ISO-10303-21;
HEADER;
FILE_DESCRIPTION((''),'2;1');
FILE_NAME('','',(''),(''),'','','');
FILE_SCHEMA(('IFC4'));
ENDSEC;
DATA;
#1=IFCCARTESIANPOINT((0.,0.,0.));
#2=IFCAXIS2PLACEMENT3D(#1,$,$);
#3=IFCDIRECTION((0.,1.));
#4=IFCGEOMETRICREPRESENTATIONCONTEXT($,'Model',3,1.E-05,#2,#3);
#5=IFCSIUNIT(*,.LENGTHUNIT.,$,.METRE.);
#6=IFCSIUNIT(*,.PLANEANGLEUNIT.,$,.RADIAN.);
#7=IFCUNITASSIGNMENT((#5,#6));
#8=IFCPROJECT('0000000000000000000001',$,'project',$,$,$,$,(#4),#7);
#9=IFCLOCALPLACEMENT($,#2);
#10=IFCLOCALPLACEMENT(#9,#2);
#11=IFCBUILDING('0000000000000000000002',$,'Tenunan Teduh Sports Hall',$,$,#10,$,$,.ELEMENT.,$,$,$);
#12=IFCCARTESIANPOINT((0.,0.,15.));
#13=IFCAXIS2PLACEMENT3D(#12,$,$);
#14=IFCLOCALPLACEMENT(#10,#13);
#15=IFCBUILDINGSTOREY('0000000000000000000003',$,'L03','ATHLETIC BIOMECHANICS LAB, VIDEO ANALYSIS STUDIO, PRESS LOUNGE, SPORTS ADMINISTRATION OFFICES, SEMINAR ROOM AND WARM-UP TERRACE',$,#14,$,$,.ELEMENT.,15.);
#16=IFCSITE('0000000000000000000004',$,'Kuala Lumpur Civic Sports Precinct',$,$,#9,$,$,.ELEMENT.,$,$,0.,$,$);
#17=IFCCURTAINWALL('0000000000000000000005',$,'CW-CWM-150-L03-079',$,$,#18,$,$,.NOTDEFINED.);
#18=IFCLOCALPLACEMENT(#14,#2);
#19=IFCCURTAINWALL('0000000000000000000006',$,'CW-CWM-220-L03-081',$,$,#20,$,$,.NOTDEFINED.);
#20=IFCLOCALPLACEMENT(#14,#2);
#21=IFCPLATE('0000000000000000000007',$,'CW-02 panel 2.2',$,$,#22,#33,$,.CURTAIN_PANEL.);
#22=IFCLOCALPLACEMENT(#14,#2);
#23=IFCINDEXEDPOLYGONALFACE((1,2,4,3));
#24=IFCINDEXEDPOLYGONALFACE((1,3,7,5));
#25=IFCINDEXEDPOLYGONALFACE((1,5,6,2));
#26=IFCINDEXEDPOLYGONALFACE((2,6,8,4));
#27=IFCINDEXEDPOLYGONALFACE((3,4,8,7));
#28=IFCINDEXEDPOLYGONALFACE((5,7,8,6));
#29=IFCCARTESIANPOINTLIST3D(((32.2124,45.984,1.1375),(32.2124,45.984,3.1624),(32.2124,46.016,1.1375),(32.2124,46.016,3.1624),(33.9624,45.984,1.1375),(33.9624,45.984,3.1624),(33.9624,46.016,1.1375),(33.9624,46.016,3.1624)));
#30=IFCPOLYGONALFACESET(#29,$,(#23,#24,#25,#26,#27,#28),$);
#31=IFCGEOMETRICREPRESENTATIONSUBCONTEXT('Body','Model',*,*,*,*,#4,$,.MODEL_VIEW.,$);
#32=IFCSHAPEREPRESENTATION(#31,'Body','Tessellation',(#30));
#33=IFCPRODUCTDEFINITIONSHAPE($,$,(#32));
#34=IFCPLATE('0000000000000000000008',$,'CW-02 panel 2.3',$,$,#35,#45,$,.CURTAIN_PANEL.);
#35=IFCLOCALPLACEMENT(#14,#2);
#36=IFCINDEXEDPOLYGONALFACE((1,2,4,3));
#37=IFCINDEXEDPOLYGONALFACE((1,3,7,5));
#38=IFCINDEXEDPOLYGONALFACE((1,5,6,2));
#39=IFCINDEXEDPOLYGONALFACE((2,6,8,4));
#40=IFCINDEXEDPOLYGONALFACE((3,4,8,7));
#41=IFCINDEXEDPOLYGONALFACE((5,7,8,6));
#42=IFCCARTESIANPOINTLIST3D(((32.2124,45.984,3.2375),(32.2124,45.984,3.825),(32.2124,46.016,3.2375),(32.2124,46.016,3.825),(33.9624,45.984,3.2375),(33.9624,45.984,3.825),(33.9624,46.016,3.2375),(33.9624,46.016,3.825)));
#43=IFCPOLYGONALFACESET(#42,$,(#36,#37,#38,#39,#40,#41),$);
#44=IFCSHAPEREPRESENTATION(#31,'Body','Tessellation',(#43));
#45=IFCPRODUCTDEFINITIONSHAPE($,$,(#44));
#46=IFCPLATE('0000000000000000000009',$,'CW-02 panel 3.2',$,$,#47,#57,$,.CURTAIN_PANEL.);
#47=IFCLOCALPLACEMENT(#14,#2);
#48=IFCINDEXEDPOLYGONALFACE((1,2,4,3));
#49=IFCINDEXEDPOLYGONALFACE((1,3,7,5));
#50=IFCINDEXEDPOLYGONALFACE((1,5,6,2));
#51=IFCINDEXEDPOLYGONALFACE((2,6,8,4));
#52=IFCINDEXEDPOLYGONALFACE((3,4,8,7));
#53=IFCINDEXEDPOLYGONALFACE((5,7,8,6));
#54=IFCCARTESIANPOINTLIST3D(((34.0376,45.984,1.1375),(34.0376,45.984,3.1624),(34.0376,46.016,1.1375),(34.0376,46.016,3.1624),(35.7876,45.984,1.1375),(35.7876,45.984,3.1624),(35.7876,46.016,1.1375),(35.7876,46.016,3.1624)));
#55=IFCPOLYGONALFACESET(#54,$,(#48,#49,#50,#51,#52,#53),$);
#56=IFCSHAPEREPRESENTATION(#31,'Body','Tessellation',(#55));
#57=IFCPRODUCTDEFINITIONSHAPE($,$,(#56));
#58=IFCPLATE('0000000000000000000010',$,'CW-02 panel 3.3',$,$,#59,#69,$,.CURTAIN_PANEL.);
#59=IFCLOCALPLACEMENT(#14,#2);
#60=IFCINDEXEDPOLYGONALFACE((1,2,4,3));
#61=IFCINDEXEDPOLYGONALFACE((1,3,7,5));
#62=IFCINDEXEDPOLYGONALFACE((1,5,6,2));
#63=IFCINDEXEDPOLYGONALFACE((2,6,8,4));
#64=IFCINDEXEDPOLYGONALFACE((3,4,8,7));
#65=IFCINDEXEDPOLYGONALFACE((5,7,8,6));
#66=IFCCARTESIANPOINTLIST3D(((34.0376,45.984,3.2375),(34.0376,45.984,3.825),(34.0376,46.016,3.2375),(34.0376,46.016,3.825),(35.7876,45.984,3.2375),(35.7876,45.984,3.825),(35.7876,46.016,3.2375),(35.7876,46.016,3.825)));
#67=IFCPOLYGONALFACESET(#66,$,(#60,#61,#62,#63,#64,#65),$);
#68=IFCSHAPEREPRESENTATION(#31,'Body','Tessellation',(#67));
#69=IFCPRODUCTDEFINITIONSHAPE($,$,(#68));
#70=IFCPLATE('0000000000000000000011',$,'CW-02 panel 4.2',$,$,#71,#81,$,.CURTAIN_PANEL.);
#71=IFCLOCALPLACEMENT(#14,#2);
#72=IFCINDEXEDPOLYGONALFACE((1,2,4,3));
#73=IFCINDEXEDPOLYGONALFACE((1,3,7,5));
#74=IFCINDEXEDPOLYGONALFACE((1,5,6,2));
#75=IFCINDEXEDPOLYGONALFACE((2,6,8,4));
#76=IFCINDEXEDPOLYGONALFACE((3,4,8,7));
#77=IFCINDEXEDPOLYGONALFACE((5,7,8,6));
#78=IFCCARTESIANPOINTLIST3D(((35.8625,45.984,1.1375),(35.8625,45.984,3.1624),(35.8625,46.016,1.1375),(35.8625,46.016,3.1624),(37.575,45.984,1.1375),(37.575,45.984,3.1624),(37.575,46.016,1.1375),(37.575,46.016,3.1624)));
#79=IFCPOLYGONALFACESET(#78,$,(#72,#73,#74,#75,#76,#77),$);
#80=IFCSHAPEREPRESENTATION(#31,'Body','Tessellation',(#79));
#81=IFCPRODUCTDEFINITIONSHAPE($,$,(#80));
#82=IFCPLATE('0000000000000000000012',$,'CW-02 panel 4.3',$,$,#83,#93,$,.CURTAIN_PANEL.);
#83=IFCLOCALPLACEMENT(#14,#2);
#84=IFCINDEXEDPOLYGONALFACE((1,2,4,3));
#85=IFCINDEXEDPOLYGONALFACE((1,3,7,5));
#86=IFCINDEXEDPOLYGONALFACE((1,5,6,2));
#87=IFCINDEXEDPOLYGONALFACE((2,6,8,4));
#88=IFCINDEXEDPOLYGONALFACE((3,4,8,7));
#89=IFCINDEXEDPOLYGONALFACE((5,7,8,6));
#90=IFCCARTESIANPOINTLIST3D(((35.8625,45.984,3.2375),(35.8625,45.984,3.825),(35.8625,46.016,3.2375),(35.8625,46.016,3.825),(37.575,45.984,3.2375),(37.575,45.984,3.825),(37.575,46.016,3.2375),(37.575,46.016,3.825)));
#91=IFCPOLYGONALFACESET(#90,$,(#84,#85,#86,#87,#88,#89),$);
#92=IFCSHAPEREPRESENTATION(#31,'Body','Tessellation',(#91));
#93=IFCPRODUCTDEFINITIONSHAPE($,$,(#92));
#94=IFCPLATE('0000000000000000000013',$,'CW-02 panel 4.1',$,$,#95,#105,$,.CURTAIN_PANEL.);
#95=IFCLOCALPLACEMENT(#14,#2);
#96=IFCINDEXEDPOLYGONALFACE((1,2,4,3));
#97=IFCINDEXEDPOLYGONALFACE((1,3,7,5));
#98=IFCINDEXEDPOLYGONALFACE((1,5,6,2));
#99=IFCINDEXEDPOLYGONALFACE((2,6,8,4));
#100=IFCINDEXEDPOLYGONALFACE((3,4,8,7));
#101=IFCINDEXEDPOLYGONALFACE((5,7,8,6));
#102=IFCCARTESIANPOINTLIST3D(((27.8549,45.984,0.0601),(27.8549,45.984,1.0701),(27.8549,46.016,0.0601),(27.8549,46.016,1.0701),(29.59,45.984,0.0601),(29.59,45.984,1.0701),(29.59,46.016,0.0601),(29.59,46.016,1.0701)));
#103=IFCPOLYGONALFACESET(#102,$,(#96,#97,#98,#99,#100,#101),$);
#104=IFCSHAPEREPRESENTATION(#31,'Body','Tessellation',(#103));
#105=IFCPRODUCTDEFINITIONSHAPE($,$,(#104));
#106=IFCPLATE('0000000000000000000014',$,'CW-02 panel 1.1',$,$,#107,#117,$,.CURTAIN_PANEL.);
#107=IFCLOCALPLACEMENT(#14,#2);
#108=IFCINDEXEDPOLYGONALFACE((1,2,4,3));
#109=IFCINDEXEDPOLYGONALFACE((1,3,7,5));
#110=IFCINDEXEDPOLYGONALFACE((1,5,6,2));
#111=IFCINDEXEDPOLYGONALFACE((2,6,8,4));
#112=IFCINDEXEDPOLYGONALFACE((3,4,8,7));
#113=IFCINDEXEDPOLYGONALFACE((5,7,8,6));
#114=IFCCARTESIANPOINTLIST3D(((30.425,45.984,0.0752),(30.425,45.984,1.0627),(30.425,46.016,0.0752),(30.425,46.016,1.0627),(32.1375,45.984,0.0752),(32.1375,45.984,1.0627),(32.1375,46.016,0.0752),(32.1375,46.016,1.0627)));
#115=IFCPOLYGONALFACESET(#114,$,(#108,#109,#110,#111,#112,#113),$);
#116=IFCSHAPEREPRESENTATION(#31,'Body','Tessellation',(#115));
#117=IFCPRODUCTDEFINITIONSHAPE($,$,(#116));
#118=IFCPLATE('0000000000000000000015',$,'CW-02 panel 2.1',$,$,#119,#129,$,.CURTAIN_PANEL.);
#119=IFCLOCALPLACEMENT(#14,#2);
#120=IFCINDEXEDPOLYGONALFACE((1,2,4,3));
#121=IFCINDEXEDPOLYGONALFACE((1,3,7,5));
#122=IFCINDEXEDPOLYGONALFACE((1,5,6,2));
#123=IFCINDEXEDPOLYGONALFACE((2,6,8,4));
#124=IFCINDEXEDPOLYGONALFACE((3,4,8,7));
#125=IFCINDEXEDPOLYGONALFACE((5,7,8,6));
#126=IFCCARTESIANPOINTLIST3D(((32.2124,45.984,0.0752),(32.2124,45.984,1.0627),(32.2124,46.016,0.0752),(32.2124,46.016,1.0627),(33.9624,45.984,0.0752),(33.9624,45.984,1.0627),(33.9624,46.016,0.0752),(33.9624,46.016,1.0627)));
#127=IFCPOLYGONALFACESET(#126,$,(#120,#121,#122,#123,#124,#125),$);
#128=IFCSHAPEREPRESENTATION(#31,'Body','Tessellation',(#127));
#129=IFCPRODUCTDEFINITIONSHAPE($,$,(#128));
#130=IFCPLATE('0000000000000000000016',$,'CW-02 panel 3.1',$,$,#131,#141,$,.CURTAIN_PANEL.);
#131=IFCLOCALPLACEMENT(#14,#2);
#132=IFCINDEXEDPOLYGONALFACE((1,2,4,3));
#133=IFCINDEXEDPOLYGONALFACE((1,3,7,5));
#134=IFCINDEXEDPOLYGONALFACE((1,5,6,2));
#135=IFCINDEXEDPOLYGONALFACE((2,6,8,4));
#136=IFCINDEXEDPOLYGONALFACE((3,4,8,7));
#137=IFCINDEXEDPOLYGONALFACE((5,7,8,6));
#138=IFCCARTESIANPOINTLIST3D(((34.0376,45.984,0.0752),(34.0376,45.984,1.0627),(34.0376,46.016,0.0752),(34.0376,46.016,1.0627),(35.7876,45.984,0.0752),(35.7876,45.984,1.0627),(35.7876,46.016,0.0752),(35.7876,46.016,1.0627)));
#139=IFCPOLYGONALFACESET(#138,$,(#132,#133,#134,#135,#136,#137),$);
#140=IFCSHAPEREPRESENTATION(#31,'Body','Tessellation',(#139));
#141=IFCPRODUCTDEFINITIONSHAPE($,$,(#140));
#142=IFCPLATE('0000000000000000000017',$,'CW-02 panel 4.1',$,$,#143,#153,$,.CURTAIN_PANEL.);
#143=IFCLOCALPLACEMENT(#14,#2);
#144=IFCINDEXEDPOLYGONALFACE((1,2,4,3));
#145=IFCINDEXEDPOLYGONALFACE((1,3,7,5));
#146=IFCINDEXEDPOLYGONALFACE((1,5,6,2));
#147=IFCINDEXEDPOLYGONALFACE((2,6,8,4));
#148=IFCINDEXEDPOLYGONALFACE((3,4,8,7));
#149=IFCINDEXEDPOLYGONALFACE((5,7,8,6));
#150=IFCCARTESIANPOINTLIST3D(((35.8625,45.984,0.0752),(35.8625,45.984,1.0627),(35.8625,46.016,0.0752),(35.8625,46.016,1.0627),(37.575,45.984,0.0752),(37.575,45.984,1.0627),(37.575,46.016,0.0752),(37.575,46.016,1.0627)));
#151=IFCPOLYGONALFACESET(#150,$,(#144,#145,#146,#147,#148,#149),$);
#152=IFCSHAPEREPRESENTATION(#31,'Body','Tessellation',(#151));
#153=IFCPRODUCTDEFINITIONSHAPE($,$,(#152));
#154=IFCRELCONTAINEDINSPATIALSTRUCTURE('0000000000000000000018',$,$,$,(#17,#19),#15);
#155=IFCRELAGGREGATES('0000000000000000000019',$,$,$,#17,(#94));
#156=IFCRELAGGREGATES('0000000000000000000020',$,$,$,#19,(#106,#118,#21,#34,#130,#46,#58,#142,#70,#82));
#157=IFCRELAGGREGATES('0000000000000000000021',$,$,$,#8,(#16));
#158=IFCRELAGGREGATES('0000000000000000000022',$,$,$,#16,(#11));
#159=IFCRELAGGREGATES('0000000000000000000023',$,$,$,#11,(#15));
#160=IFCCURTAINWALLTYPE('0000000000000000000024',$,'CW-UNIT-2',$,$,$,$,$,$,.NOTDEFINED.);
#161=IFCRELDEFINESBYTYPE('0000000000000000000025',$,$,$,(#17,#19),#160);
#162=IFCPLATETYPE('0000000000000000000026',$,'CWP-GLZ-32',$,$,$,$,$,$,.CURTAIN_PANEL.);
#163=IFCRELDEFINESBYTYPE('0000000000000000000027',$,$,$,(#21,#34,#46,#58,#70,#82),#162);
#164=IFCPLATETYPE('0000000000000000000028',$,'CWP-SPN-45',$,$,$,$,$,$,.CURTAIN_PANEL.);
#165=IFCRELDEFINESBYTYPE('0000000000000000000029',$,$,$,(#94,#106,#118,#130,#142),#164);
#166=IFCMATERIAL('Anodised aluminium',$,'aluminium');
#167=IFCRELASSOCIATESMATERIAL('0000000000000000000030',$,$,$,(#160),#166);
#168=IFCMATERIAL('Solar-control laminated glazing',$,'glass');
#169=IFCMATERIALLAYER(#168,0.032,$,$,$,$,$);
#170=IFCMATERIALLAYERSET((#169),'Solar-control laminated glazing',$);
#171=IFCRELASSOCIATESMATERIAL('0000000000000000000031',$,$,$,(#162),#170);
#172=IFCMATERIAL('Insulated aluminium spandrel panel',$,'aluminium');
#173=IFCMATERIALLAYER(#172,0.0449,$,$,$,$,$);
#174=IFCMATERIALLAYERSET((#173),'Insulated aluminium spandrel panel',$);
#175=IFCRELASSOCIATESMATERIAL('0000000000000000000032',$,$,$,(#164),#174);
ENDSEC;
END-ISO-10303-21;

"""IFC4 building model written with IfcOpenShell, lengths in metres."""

from ifc_helpers import new_model, si_unit, direction, frame, origin, origin_2d, place, context, subcontext, project, spatial, rectangle, extrude, material, layer, layer_set, type_object, element, aggregate, save


model = new_model("IFC4")

# Units and contexts
model_context = context("Model", 3, precision=1e-05, world=origin(), true_north=direction((0.0, 1.0)))
body_context = subcontext(model_context, "Body", "Model", "MODEL_VIEW")
ifc_project = project(units=[si_unit("LENGTHUNIT", "METRE"), si_unit("PLANEANGLEUNIT", "RADIAN")], contexts=[model_context])

# Site, building, storey
site_placement = place(None, origin())
site = spatial("IfcSite", under=ifc_project, at=site_placement, Name="Kuala Lumpur Civic Sports Precinct", CompositionType="ELEMENT", RefElevation=0.0)
building_placement = place(site_placement, origin())
building = spatial("IfcBuilding", under=site, at=building_placement, Name="Tenunan Teduh Sports Hall", CompositionType="ELEMENT")
storey_placement = place(building_placement, frame((0.0, 0.0, 15.0)))
storey = spatial("IfcBuildingStorey", under=building, at=storey_placement, Name="L03", Description="ATHLETIC BIOMECHANICS LAB, VIDEO ANALYSIS STUDIO, PRESS LOUNGE, SPORTS ADMINISTRATION OFFICES, SEMINAR ROOM AND WARM-UP TERRACE", CompositionType="ELEMENT", Elevation=15.0)

# Curtain wall
ifc_material_1 = material(Name="Anodised aluminium", Category="aluminium")
curtain_wall_type = type_object("IfcCurtainWallType", Name="CW-UNIT-2", PredefinedType="NOTDEFINED", material=ifc_material_1)
curtain_wall_1_placement = place(storey_placement, origin())
curtain_wall_1 = element("IfcCurtainWall", 1, at=curtain_wall_1_placement, inside=storey, type_object=curtain_wall_type, Name="CW-CWM-150-L03-079", PredefinedType="NOTDEFINED")

# Curtain wall
curtain_wall_2_placement = place(storey_placement, origin())
curtain_wall_2 = element("IfcCurtainWall", 2, at=curtain_wall_2_placement, inside=storey, type_object=curtain_wall_type, Name="CW-CWM-220-L03-081", PredefinedType="NOTDEFINED")

# Plates
ifc_material_2 = material(Name="Solar-control laminated glazing", Category="glass")
ifc_layer_1 = layer(ifc_material_2, 0.032)
ifc_layer_set_1 = layer_set([ifc_layer_1], Name="Solar-control laminated glazing")
plate_type_1 = type_object("IfcPlateType", Name="CWP-GLZ-32", PredefinedType="CURTAIN_PANEL", material=ifc_layer_set_1)
plate_1_placement = place(storey_placement, frame((33.0874, 46.0, 1.1375), z_axis=(0.0, 0.0, 1.0), x_axis=(1.0, 0.0, 0.0)))
plate_1 = element("IfcPlate", 3, at=plate_1_placement, type_object=plate_type_1, Name="CW-02 panel 2.2", PredefinedType="CURTAIN_PANEL", context=body_context, shape_type="SweptSolid", body=[
    extrude(rectangle(XDim=1.75, YDim=0.032, at=origin_2d()), origin(), (0.0, 0.0, 1.0), 2.0249),
])
plate_2_placement = place(storey_placement, frame((33.0874, 46.0, 3.2375), z_axis=(0.0, 0.0, 1.0), x_axis=(1.0, 0.0, 0.0)))
plate_2 = element("IfcPlate", 4, at=plate_2_placement, type_object=plate_type_1, Name="CW-02 panel 2.3", PredefinedType="CURTAIN_PANEL", context=body_context, shape_type="SweptSolid", body=[
    extrude(rectangle(XDim=1.75, YDim=0.032, at=origin_2d()), origin(), (0.0, 0.0, 1.0), 0.5874),
])
plate_3_placement = place(storey_placement, frame((34.9126, 46.0, 1.1375), z_axis=(0.0, 0.0, 1.0), x_axis=(1.0, 0.0, 0.0)))
plate_3 = element("IfcPlate", 5, at=plate_3_placement, type_object=plate_type_1, Name="CW-02 panel 3.2", PredefinedType="CURTAIN_PANEL", context=body_context, shape_type="SweptSolid", body=[
    extrude(rectangle(XDim=1.75, YDim=0.032, at=origin_2d()), origin(), (0.0, 0.0, 1.0), 2.0249),
])
plate_4_placement = place(storey_placement, frame((34.9126, 46.0, 3.2375), z_axis=(0.0, 0.0, 1.0), x_axis=(1.0, 0.0, 0.0)))
plate_4 = element("IfcPlate", 6, at=plate_4_placement, type_object=plate_type_1, Name="CW-02 panel 3.3", PredefinedType="CURTAIN_PANEL", context=body_context, shape_type="SweptSolid", body=[
    extrude(rectangle(XDim=1.75, YDim=0.032, at=origin_2d()), origin(), (0.0, 0.0, 1.0), 0.5874),
])
plate_5_placement = place(storey_placement, frame((36.7188, 46.0, 1.1375), z_axis=(0.0, 0.0, 1.0), x_axis=(1.0, 0.0, 0.0)))
plate_5 = element("IfcPlate", 7, at=plate_5_placement, type_object=plate_type_1, Name="CW-02 panel 4.2", PredefinedType="CURTAIN_PANEL", context=body_context, shape_type="SweptSolid", body=[
    extrude(rectangle(XDim=1.7124, YDim=0.032, at=origin_2d()), origin(), (0.0, 0.0, 1.0), 2.0249),
])
plate_6_placement = place(storey_placement, frame((36.7188, 46.0, 3.2375), z_axis=(0.0, 0.0, 1.0), x_axis=(1.0, 0.0, 0.0)))
plate_6 = element("IfcPlate", 8, at=plate_6_placement, type_object=plate_type_1, Name="CW-02 panel 4.3", PredefinedType="CURTAIN_PANEL", context=body_context, shape_type="SweptSolid", body=[
    extrude(rectangle(XDim=1.7124, YDim=0.032, at=origin_2d()), origin(), (0.0, 0.0, 1.0), 0.5874),
])
ifc_material_3 = material(Name="Insulated aluminium spandrel panel", Category="aluminium")
ifc_layer_2 = layer(ifc_material_3, 0.0449)
ifc_layer_set_2 = layer_set([ifc_layer_2], Name="Insulated aluminium spandrel panel")
plate_type_2 = type_object("IfcPlateType", Name="CWP-SPN-45", PredefinedType="CURTAIN_PANEL", material=ifc_layer_set_2)
plate_7_placement = place(storey_placement, frame((28.7224, 46.0, 0.0601), z_axis=(0.0, 0.0, 1.0), x_axis=(1.0, 0.0, 0.0)))
plate_7 = element("IfcPlate", 9, at=plate_7_placement, type_object=plate_type_2, Name="CW-02 panel 4.1", PredefinedType="CURTAIN_PANEL", context=body_context, shape_type="SweptSolid", body=[
    extrude(rectangle(XDim=1.7351, YDim=0.032, at=origin_2d()), origin(), (0.0, 0.0, 1.0), 1.01),
])
aggregate(curtain_wall_1, [plate_7])
plate_8_placement = place(storey_placement, frame((31.2812, 46.0, 0.0752), z_axis=(0.0, 0.0, 1.0), x_axis=(1.0, 0.0, 0.0)))
plate_8 = element("IfcPlate", 10, at=plate_8_placement, type_object=plate_type_2, Name="CW-02 panel 1.1", PredefinedType="CURTAIN_PANEL", context=body_context, shape_type="SweptSolid", body=[
    extrude(rectangle(XDim=1.7124, YDim=0.032, at=origin_2d()), origin(), (0.0, 0.0, 1.0), 0.9875),
])
plate_9_placement = place(storey_placement, frame((33.0874, 46.0, 0.0752), z_axis=(0.0, 0.0, 1.0), x_axis=(1.0, 0.0, 0.0)))
plate_9 = element("IfcPlate", 11, at=plate_9_placement, type_object=plate_type_2, Name="CW-02 panel 2.1", PredefinedType="CURTAIN_PANEL", context=body_context, shape_type="SweptSolid", body=[
    extrude(rectangle(XDim=1.75, YDim=0.032, at=origin_2d()), origin(), (0.0, 0.0, 1.0), 0.9875),
])
plate_10_placement = place(storey_placement, frame((34.9126, 46.0, 0.0752), z_axis=(0.0, 0.0, 1.0), x_axis=(1.0, 0.0, 0.0)))
plate_10 = element("IfcPlate", 12, at=plate_10_placement, type_object=plate_type_2, Name="CW-02 panel 3.1", PredefinedType="CURTAIN_PANEL", context=body_context, shape_type="SweptSolid", body=[
    extrude(rectangle(XDim=1.75, YDim=0.032, at=origin_2d()), origin(), (0.0, 0.0, 1.0), 0.9875),
])
plate_11_placement = place(storey_placement, frame((36.7188, 46.0, 0.0752), z_axis=(0.0, 0.0, 1.0), x_axis=(1.0, 0.0, 0.0)))
plate_11 = element("IfcPlate", 13, at=plate_11_placement, type_object=plate_type_2, Name="CW-02 panel 4.1", PredefinedType="CURTAIN_PANEL", context=body_context, shape_type="SweptSolid", body=[
    extrude(rectangle(XDim=1.7124, YDim=0.032, at=origin_2d()), origin(), (0.0, 0.0, 1.0), 0.9875),
])
aggregate(curtain_wall_2, [plate_8, plate_9, plate_1, plate_2, plate_10, plate_3, plate_4, plate_11, plate_5, plate_6])

save(model, "model.ifc")
